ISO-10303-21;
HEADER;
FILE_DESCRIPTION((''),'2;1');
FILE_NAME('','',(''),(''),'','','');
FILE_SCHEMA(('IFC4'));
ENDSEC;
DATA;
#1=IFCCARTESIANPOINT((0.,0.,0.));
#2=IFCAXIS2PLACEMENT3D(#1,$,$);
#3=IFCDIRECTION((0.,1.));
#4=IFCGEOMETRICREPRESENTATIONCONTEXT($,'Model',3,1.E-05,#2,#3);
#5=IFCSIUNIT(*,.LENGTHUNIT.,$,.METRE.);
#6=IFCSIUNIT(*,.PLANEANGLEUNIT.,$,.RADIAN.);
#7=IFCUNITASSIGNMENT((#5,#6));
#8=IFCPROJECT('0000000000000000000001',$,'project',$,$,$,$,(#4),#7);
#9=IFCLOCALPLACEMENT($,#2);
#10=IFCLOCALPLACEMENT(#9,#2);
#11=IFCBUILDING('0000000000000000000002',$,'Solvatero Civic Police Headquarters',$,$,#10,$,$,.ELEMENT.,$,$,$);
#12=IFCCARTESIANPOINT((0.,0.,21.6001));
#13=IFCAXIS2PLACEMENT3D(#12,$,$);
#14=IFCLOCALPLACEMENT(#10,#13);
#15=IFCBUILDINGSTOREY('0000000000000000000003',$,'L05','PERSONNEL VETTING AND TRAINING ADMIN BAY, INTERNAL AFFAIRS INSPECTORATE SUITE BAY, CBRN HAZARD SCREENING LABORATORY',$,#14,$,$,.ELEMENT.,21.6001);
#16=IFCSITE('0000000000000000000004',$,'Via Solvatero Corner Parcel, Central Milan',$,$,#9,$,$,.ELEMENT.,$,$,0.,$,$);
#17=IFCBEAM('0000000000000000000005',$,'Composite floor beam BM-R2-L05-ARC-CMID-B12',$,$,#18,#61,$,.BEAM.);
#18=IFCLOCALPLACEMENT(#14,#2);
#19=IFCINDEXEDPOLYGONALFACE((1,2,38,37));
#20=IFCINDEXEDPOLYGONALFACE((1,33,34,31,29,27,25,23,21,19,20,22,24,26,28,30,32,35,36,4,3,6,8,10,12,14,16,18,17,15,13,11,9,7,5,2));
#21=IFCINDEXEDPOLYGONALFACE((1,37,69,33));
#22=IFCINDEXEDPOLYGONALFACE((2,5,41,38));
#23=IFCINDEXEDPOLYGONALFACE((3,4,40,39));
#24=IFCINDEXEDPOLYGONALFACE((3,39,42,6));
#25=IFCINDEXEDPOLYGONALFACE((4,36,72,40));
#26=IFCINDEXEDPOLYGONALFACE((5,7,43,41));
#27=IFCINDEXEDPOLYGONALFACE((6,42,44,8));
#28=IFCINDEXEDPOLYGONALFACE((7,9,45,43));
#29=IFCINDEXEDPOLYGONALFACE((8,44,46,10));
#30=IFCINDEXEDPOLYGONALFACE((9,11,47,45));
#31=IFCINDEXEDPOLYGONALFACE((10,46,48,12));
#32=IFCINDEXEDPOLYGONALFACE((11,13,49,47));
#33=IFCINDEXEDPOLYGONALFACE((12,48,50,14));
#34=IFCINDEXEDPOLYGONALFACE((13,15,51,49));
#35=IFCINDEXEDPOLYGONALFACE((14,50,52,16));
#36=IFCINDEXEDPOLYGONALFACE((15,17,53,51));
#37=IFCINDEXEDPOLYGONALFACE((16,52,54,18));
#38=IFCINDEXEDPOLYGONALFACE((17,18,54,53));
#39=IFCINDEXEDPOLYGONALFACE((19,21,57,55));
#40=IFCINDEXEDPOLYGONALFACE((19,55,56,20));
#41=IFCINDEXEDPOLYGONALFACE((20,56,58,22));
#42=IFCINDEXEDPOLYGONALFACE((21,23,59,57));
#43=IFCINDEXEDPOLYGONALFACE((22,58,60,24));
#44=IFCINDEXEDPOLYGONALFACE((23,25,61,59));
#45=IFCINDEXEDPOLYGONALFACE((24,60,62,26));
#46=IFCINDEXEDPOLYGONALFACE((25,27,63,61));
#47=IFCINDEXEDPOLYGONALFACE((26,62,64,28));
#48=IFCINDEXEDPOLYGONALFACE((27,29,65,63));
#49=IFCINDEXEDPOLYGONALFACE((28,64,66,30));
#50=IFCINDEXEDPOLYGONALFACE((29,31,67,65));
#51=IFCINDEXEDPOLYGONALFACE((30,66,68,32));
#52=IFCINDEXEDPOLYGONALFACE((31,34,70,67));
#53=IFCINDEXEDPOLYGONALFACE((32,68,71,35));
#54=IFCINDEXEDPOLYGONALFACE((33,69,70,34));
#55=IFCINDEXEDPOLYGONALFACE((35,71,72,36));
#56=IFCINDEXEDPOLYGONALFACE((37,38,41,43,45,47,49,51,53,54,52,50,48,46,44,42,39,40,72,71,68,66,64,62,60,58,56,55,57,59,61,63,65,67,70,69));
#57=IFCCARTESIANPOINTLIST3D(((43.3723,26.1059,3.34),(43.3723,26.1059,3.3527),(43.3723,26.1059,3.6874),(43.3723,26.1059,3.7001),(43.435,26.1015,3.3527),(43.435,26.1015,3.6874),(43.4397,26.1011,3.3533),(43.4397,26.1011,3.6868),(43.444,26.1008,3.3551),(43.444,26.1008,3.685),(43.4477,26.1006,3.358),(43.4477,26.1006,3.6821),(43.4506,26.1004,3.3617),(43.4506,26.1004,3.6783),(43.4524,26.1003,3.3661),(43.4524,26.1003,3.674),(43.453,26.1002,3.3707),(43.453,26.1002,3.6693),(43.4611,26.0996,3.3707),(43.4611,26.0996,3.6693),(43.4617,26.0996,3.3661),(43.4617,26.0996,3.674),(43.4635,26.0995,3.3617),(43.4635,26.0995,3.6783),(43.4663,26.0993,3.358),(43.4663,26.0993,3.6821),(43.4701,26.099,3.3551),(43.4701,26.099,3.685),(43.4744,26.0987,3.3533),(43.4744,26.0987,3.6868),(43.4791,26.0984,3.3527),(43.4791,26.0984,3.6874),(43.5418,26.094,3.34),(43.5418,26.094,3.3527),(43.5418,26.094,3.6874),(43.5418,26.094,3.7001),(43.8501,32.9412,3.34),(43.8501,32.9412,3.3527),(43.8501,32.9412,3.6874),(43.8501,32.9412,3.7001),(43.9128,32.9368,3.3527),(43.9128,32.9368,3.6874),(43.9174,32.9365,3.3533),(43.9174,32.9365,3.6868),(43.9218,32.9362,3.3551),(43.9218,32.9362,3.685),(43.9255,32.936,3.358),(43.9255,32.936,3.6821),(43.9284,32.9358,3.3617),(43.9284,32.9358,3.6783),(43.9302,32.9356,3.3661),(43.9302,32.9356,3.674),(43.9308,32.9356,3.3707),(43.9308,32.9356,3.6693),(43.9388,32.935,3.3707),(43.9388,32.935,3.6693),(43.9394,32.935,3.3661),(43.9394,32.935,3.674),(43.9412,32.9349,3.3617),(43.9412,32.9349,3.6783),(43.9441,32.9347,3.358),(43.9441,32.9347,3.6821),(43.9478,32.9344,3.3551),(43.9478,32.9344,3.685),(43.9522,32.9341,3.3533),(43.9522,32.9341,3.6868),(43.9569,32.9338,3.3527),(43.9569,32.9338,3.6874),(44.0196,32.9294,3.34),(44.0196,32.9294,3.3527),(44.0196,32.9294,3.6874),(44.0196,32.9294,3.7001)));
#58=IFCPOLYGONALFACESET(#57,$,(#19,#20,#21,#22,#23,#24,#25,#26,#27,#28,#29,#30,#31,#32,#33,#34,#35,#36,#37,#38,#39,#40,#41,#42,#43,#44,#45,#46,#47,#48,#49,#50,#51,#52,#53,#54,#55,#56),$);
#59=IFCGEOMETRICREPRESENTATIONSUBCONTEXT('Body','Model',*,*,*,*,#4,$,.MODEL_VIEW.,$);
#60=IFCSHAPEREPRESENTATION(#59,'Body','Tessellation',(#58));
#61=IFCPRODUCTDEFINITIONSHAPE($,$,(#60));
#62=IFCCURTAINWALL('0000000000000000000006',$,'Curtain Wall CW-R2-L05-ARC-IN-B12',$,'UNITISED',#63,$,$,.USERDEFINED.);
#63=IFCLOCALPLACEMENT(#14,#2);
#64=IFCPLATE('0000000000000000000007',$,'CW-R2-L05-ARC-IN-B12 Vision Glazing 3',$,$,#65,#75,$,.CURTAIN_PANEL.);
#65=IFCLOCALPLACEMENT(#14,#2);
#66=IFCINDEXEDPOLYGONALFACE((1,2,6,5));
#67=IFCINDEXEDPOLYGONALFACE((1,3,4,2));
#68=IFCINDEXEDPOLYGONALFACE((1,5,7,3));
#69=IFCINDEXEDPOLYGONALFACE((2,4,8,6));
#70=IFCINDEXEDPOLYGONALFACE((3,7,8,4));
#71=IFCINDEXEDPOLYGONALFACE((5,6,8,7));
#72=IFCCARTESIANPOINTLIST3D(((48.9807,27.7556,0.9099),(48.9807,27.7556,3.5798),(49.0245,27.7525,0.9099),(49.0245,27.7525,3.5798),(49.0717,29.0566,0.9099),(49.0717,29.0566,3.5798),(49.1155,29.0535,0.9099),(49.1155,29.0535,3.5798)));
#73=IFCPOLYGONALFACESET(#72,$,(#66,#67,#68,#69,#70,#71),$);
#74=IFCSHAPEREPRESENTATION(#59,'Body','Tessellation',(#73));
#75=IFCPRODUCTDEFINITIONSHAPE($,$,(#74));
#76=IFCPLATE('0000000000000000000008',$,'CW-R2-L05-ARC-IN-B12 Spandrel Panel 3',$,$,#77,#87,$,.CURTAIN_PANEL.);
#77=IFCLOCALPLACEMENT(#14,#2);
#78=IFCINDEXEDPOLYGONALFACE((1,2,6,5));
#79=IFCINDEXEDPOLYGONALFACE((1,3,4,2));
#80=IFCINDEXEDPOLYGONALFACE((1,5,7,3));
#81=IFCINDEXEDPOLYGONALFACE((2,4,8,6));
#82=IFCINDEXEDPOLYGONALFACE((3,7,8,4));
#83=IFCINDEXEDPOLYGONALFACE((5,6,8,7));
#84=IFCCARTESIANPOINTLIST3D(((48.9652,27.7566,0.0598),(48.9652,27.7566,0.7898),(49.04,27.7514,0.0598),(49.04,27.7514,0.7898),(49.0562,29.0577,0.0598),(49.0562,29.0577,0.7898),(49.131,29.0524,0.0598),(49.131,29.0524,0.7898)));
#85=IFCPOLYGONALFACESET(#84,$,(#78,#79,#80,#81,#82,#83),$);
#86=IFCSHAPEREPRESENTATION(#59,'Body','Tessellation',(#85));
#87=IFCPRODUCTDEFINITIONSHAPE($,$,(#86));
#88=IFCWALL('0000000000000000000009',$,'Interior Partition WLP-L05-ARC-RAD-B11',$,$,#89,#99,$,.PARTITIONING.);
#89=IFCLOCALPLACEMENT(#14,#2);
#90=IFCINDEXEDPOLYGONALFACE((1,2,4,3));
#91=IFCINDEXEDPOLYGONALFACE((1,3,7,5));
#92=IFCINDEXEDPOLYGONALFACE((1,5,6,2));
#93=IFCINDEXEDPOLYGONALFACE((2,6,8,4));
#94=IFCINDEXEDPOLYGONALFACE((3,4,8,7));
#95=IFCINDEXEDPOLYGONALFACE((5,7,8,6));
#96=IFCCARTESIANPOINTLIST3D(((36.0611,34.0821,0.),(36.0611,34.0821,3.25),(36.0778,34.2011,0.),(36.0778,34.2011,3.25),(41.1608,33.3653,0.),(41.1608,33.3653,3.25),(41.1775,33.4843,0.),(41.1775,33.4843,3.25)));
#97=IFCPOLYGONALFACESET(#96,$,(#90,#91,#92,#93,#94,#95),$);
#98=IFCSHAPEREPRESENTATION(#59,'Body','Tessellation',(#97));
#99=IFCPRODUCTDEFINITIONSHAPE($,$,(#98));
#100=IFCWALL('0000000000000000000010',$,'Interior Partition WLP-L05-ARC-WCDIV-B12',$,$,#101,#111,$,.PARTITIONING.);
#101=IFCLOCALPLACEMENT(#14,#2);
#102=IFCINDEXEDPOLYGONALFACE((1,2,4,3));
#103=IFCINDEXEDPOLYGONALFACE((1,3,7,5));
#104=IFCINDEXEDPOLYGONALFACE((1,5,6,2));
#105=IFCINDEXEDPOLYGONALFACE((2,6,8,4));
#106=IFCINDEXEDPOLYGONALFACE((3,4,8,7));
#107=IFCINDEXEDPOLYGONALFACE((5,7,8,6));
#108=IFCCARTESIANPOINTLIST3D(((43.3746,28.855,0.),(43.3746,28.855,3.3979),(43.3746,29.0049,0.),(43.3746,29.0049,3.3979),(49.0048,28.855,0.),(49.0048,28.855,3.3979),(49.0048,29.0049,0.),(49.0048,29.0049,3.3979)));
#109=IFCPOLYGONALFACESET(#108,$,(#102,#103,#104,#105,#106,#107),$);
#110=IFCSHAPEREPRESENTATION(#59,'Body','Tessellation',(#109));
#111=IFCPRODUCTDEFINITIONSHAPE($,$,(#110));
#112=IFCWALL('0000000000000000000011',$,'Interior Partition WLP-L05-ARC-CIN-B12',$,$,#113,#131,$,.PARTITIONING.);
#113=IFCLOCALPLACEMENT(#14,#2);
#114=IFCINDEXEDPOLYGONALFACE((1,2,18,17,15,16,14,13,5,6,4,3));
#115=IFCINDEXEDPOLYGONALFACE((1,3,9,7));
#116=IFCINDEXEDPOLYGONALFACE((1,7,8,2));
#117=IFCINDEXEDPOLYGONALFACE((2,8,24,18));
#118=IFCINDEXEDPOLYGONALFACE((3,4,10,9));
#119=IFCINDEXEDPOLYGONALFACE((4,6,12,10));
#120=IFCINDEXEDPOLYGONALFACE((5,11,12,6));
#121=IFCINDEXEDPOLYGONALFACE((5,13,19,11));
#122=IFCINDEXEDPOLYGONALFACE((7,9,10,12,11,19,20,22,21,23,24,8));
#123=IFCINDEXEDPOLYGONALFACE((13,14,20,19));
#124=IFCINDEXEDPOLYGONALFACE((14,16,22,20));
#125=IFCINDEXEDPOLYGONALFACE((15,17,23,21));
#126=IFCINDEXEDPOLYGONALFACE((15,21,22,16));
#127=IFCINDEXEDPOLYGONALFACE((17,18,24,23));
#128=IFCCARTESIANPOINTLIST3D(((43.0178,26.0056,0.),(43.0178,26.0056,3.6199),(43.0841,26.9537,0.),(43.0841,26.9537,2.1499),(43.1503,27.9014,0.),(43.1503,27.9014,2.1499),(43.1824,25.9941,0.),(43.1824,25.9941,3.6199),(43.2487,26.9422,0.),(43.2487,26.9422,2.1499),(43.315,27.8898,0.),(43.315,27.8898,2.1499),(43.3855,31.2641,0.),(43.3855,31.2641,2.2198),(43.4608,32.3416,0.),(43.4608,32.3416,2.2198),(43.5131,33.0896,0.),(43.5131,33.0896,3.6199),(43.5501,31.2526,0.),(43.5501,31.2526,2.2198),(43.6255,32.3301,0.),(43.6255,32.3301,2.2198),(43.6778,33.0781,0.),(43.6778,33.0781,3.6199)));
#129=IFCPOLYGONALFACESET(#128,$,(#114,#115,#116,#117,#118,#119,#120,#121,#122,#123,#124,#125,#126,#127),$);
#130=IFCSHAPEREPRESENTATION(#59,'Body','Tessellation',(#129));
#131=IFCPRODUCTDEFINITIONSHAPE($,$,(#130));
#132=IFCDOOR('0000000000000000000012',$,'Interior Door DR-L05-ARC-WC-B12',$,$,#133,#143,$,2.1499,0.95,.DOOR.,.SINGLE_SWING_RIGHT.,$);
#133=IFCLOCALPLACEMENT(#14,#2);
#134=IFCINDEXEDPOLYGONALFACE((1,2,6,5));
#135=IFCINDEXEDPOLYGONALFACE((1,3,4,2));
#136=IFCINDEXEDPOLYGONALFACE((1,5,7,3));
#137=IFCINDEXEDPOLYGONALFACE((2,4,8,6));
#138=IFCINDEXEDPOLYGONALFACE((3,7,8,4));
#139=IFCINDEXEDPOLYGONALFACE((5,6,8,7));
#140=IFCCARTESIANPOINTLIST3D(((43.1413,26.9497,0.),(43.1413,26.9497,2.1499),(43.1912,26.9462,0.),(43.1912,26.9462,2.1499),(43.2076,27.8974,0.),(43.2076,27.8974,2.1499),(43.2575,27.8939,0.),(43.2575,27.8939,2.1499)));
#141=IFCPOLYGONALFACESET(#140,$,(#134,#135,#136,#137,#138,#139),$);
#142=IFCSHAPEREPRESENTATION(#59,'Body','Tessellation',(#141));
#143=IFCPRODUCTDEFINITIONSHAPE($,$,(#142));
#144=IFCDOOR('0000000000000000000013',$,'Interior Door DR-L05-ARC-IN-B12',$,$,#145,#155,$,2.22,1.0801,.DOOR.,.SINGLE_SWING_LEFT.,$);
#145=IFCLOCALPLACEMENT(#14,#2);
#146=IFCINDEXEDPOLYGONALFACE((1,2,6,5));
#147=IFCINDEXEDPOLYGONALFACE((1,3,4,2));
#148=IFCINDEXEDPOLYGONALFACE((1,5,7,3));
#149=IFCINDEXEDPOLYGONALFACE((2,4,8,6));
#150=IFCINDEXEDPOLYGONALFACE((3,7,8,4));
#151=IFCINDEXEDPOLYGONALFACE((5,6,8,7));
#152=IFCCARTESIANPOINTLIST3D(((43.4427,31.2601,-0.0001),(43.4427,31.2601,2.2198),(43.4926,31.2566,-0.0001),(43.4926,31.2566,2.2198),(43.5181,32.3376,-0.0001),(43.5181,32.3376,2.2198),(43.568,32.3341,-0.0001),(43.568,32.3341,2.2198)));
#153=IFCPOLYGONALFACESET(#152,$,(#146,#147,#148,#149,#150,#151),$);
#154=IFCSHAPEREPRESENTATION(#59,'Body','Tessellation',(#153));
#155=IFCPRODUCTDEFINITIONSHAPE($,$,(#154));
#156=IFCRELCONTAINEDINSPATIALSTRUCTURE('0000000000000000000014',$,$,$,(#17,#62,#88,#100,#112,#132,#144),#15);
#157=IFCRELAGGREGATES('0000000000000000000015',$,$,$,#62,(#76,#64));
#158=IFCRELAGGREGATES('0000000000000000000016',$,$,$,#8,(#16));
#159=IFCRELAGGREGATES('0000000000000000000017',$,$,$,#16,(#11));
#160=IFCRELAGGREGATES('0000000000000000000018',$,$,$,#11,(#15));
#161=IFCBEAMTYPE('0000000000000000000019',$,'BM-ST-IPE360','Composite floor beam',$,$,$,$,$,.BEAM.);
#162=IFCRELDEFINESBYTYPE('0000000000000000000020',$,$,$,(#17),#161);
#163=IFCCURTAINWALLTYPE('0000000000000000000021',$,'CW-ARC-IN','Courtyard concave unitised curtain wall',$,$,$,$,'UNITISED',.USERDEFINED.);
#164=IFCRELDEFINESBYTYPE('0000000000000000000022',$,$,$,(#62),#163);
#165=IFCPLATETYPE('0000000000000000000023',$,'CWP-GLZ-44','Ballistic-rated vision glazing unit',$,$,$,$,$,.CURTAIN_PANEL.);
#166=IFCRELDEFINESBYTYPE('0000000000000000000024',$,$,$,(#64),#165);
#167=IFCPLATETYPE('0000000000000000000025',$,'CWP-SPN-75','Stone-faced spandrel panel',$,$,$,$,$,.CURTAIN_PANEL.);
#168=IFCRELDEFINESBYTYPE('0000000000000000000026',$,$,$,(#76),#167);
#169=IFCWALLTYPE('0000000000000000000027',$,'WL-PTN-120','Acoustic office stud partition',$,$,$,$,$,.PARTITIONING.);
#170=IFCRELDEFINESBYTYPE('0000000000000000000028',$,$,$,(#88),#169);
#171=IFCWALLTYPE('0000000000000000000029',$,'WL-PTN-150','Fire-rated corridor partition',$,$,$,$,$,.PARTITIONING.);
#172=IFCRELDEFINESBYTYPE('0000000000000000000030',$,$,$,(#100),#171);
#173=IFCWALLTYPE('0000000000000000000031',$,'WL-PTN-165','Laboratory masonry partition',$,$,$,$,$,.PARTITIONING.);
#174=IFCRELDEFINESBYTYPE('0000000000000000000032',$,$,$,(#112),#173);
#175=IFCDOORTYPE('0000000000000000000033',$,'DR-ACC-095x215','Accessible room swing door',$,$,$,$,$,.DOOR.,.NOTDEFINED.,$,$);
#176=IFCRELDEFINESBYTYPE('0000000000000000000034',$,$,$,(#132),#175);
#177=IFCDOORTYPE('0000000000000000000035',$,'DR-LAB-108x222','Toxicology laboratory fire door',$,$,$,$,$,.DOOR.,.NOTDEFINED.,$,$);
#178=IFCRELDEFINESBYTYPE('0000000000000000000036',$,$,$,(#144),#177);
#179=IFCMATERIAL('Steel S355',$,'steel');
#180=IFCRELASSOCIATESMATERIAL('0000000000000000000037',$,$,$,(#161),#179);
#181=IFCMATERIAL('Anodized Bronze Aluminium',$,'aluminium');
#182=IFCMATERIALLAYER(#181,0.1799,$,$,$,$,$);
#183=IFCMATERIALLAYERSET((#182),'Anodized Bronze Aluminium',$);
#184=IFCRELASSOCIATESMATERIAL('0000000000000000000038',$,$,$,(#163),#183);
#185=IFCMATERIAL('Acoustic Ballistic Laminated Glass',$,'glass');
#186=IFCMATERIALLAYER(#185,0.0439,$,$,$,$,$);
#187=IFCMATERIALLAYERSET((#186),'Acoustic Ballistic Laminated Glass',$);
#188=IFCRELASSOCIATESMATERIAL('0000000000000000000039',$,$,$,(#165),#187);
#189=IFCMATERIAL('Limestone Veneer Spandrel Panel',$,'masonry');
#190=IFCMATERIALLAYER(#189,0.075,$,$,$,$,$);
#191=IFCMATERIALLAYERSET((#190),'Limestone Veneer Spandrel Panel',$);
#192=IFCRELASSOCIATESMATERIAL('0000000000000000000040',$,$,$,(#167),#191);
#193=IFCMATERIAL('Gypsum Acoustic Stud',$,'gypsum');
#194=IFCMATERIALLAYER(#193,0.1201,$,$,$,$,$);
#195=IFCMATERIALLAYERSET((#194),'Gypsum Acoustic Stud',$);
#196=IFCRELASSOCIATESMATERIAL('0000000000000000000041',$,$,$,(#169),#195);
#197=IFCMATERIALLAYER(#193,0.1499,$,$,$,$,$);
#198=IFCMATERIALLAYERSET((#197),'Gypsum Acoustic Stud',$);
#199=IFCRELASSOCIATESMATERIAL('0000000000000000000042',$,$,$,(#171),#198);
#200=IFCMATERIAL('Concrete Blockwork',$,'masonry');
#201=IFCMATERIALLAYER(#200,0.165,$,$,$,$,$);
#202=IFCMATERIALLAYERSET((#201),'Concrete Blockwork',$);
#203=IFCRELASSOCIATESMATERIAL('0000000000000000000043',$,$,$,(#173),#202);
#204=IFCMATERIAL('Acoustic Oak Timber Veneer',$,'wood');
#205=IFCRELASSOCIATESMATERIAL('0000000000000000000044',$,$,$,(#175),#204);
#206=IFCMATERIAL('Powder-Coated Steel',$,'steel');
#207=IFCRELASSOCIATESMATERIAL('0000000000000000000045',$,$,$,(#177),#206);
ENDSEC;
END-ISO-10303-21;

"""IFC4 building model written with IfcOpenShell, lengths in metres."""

from ifc_helpers import new_model, si_unit, direction, frame, frame_2d, origin, origin_2d, place, context, subcontext, project, spatial, rectangle, i_section, extrude, material, layer, layer_set, material_profile, profile_set, type_object, element, fill, aggregate, save


model = new_model("IFC4")

# Units and contexts
model_context = context("Model", 3, precision=1e-05, world=origin(), true_north=direction((0.0, 1.0)))
body_context = subcontext(model_context, "Body", "Model", "MODEL_VIEW")
ifc_project = project(units=[si_unit("LENGTHUNIT", "METRE"), si_unit("PLANEANGLEUNIT", "RADIAN")], contexts=[model_context])

# Site, building, storey
site_placement = place(None, origin())
site = spatial("IfcSite", under=ifc_project, at=site_placement, Name="Via Solvatero Corner Parcel, Central Milan", CompositionType="ELEMENT", RefElevation=0.0)
building_placement = place(site_placement, origin())
building = spatial("IfcBuilding", under=site, at=building_placement, Name="Solvatero Civic Police Headquarters", CompositionType="ELEMENT")
storey_placement = place(building_placement, frame((0.0, 0.0, 21.6001)))
storey = spatial("IfcBuildingStorey", under=building, at=storey_placement, Name="L05", Description="PERSONNEL VETTING AND TRAINING ADMIN BAY, INTERNAL AFFAIRS INSPECTORATE SUITE BAY, CBRN HAZARD SCREENING LABORATORY", CompositionType="ELEMENT", Elevation=21.6001)

# Shared definitions
ifc_material_1 = material(Name="Steel S355", Category="steel")

# Beam
ifc_material_profile_1 = material_profile(ifc_material_1, i_section(OverallWidth=0.1699, OverallDepth=0.3601, WebThickness=0.0081, FlangeThickness=0.0127, FilletRadius=0.0181, at=origin_2d()), Name="IPE 360")
ifc_profile_set_1 = profile_set([ifc_material_profile_1], Name="Steel S355")
beam_type_1 = type_object("IfcBeamType", Name="BM-ST-IPE360", Description="Composite floor beam", PredefinedType="BEAM", material=ifc_profile_set_1)
beam_1_placement = place(storey_placement, frame((43.9348, 32.9353, 3.52), z_axis=(-0.069728, -0.997566, 0.0), x_axis=(0.997566, -0.069728, 0.0)))
element("IfcBeam", 1, at=beam_1_placement, inside=storey, type_object=beam_type_1, Name="Composite floor beam BM-R2-L05-ARC-CMID-B12", PredefinedType="BEAM", context=body_context, shape_type="SweptSolid", body=[
    extrude(i_section(OverallWidth=0.1699, OverallDepth=0.3601, WebThickness=0.0081, FlangeThickness=0.0127, FilletRadius=0.0181, at=origin_2d()), origin(), (0.0, 0.0, 1.0), 6.8521),
])

# Curtain wall, plates
ifc_material_2 = material(Name="Anodized Bronze Aluminium", Category="aluminium")
ifc_layer_1 = layer(ifc_material_2, 0.1799)
ifc_layer_set_1 = layer_set([ifc_layer_1], Name="Anodized Bronze Aluminium")
curtain_wall_type = type_object("IfcCurtainWallType", Name="CW-ARC-IN", Description="Courtyard concave unitised curtain wall", ElementType="UNITISED", PredefinedType="USERDEFINED", material=ifc_layer_set_1)
curtain_wall_placement = place(storey_placement, origin())
curtain_wall = element("IfcCurtainWall", 2, at=curtain_wall_placement, inside=storey, type_object=curtain_wall_type, Name="Curtain Wall CW-R2-L05-ARC-IN-B12", ObjectType="UNITISED", PredefinedType="USERDEFINED")
ifc_material_3 = material(Name="Acoustic Ballistic Laminated Glass", Category="glass")
ifc_layer_2 = layer(ifc_material_3, 0.0439)
ifc_layer_set_2 = layer_set([ifc_layer_2], Name="Acoustic Ballistic Laminated Glass")
plate_type_1 = type_object("IfcPlateType", Name="CWP-GLZ-44", Description="Ballistic-rated vision glazing unit", PredefinedType="CURTAIN_PANEL", material=ifc_layer_set_2)
plate_1_placement = place(storey_placement, frame((49.0481, 28.4045, 0.9099), z_axis=(0.0, 0.0, 1.0), x_axis=(-0.069774, -0.997563, 0.0)))
plate_1 = element("IfcPlate", 3, at=plate_1_placement, type_object=plate_type_1, Name="CW-R2-L05-ARC-IN-B12 Vision Glazing 3", PredefinedType="CURTAIN_PANEL", context=body_context, shape_type="SweptSolid", body=[
    extrude(rectangle(XDim=1.3042, YDim=0.0439, at=origin_2d()), origin(), (0.0, 0.0, 1.0), 2.6699),
])
ifc_material_4 = material(Name="Limestone Veneer Spandrel Panel", Category="masonry")
ifc_layer_3 = layer(ifc_material_4, 0.075)
ifc_layer_set_3 = layer_set([ifc_layer_3], Name="Limestone Veneer Spandrel Panel")
plate_type_2 = type_object("IfcPlateType", Name="CWP-SPN-75", Description="Stone-faced spandrel panel", PredefinedType="CURTAIN_PANEL", material=ifc_layer_set_3)
plate_2_placement = place(storey_placement, frame((49.0481, 28.4045, 0.0598), z_axis=(0.0, 0.0, 1.0), x_axis=(-0.069774, -0.997563, 0.0)))
plate_2 = element("IfcPlate", 4, at=plate_2_placement, type_object=plate_type_2, Name="CW-R2-L05-ARC-IN-B12 Spandrel Panel 3", PredefinedType="CURTAIN_PANEL", context=body_context, shape_type="SweptSolid", body=[
    extrude(rectangle(XDim=1.3042, YDim=0.075, at=origin_2d()), origin(), (0.0, 0.0, 1.0), 0.73),
])
aggregate(curtain_wall, [plate_2, plate_1])

# Walls
ifc_material_5 = material(Name="Gypsum Acoustic Stud", Category="gypsum")
ifc_layer_4 = layer(ifc_material_5, 0.1201)
ifc_layer_set_4 = layer_set([ifc_layer_4], Name="Gypsum Acoustic Stud")
wall_type_1 = type_object("IfcWallType", Name="WL-PTN-120", Description="Acoustic office stud partition", PredefinedType="PARTITIONING", material=ifc_layer_set_4)
wall_1_placement = place(storey_placement, frame((41.1692, 33.4248, 0.0), z_axis=(0.0, 0.0, 1.0), x_axis=(-0.990266, 0.139184, 0.0)))
element("IfcWall", 5, at=wall_1_placement, inside=storey, type_object=wall_type_1, Name="Interior Partition WLP-L05-ARC-RAD-B11", PredefinedType="PARTITIONING", context=body_context, shape_type="SweptSolid", body=[
    extrude(rectangle(XDim=5.1499, YDim=0.1201, at=frame_2d((2.575, 0.0))), origin(), (0.0, 0.0, 1.0), 3.25),
])
ifc_layer_5 = layer(ifc_material_5, 0.1499)
ifc_layer_set_5 = layer_set([ifc_layer_5], Name="Gypsum Acoustic Stud")
wall_type_2 = type_object("IfcWallType", Name="WL-PTN-150", Description="Fire-rated corridor partition", PredefinedType="PARTITIONING", material=ifc_layer_set_5)
wall_2_placement = place(storey_placement, frame((43.3748, 28.9299, 0.0), z_axis=(0.0, 0.0, 1.0), x_axis=(1.0, 0.0, 0.0)))
element("IfcWall", 6, at=wall_2_placement, inside=storey, type_object=wall_type_2, Name="Interior Partition WLP-L05-ARC-WCDIV-B12", PredefinedType="PARTITIONING", context=body_context, shape_type="SweptSolid", body=[
    extrude(rectangle(XDim=5.6301, YDim=0.1499, at=frame_2d((2.8149, 0.0))), origin(), (0.0, 0.0, 1.0), 3.3979),
])

# Wall, openings, doors
ifc_material_6 = material(Name="Concrete Blockwork", Category="masonry")
ifc_layer_6 = layer(ifc_material_6, 0.165)
ifc_layer_set_6 = layer_set([ifc_layer_6], Name="Concrete Blockwork")
wall_type_3 = type_object("IfcWallType", Name="WL-PTN-165", Description="Laboratory masonry partition", PredefinedType="PARTITIONING", material=ifc_layer_set_6)
wall_3_placement = place(storey_placement, frame((43.5955, 33.084, 0.0), z_axis=(0.0, 0.0, 1.0), x_axis=(-0.069757, -0.997564, 0.0)))
wall_3 = element("IfcWall", 7, at=wall_3_placement, inside=storey, type_object=wall_type_3, Name="Interior Partition WLP-L05-ARC-CIN-B12", PredefinedType="PARTITIONING", context=body_context, shape_type="SweptSolid", body=[
    extrude(rectangle(XDim=7.1013, YDim=0.165, at=frame_2d((3.5508, 0.0))), origin(), (0.0, 0.0, 1.0), 3.6199),
])
opening_1_placement = place(wall_3_placement, frame((5.2009, 0.0, 0.0)))
opening_1 = element("IfcOpeningElement", 8, at=opening_1_placement, cuts=wall_3, PredefinedType="OPENING", context=body_context, shape_type="SweptSolid", body=[
    extrude(rectangle(XDim=0.95, YDim=2.1499, at=frame_2d((0.4751, 1.075))), frame((0.0, 0.0925, 0.0), z_axis=(0.0, -1.0, 0.0), x_axis=(1.0, 0.0, 0.0)), (0.0, 0.0, 1.0), 0.1851),
])
opening_2_placement = place(wall_3_placement, frame((0.75, 0.0, 0.0)))
opening_2 = element("IfcOpeningElement", 9, at=opening_2_placement, cuts=wall_3, PredefinedType="OPENING", context=body_context, shape_type="SweptSolid", body=[
    extrude(rectangle(XDim=1.0801, YDim=2.22, at=frame_2d((0.54, 1.1099))), frame((0.0, 0.0925, 0.0), z_axis=(0.0, -1.0, 0.0), x_axis=(1.0, 0.0, 0.0)), (0.0, 0.0, 1.0), 0.1851),
])
ifc_material_7 = material(Name="Acoustic Oak Timber Veneer", Category="wood")
door_type_1 = type_object("IfcDoorType", Name="DR-ACC-095x215", Description="Accessible room swing door", OperationType="NOTDEFINED", PredefinedType="DOOR", material=ifc_material_7)
door_1_placement = place(opening_1_placement, origin())
door_1 = element("IfcDoor", 10, at=door_1_placement, inside=storey, type_object=door_type_1, Name="Interior Door DR-L05-ARC-WC-B12", OperationType="SINGLE_SWING_RIGHT", OverallHeight=2.1499, OverallWidth=0.95, PredefinedType="DOOR", context=body_context, shape_type="SweptSolid", body=[
    extrude(rectangle(XDim=0.95, YDim=2.1499, at=frame_2d((0.4751, 1.075))), frame((0.0, 0.0249, 0.0), z_axis=(0.0, -1.0, 0.0), x_axis=(1.0, 0.0, 0.0)), (0.0, 0.0, 1.0), 0.05),
])
fill(opening_1, door_1)
ifc_material_8 = material(Name="Powder-Coated Steel", Category="steel")
door_type_2 = type_object("IfcDoorType", Name="DR-LAB-108x222", Description="Toxicology laboratory fire door", OperationType="NOTDEFINED", PredefinedType="DOOR", material=ifc_material_8)
door_2_placement = place(opening_2_placement, origin())
door_2 = element("IfcDoor", 11, at=door_2_placement, inside=storey, type_object=door_type_2, Name="Interior Door DR-L05-ARC-IN-B12", OperationType="SINGLE_SWING_LEFT", OverallHeight=2.22, OverallWidth=1.0801, PredefinedType="DOOR", context=body_context, shape_type="SweptSolid", body=[
    extrude(rectangle(XDim=1.0801, YDim=2.22, at=frame_2d((0.54, 1.1099))), frame((0.0, 0.0249, 0.0), z_axis=(0.0, -1.0, 0.0), x_axis=(1.0, 0.0, 0.0)), (0.0, 0.0, 1.0), 0.05),
])
fill(opening_2, door_2)

save(model, "model.ifc")
